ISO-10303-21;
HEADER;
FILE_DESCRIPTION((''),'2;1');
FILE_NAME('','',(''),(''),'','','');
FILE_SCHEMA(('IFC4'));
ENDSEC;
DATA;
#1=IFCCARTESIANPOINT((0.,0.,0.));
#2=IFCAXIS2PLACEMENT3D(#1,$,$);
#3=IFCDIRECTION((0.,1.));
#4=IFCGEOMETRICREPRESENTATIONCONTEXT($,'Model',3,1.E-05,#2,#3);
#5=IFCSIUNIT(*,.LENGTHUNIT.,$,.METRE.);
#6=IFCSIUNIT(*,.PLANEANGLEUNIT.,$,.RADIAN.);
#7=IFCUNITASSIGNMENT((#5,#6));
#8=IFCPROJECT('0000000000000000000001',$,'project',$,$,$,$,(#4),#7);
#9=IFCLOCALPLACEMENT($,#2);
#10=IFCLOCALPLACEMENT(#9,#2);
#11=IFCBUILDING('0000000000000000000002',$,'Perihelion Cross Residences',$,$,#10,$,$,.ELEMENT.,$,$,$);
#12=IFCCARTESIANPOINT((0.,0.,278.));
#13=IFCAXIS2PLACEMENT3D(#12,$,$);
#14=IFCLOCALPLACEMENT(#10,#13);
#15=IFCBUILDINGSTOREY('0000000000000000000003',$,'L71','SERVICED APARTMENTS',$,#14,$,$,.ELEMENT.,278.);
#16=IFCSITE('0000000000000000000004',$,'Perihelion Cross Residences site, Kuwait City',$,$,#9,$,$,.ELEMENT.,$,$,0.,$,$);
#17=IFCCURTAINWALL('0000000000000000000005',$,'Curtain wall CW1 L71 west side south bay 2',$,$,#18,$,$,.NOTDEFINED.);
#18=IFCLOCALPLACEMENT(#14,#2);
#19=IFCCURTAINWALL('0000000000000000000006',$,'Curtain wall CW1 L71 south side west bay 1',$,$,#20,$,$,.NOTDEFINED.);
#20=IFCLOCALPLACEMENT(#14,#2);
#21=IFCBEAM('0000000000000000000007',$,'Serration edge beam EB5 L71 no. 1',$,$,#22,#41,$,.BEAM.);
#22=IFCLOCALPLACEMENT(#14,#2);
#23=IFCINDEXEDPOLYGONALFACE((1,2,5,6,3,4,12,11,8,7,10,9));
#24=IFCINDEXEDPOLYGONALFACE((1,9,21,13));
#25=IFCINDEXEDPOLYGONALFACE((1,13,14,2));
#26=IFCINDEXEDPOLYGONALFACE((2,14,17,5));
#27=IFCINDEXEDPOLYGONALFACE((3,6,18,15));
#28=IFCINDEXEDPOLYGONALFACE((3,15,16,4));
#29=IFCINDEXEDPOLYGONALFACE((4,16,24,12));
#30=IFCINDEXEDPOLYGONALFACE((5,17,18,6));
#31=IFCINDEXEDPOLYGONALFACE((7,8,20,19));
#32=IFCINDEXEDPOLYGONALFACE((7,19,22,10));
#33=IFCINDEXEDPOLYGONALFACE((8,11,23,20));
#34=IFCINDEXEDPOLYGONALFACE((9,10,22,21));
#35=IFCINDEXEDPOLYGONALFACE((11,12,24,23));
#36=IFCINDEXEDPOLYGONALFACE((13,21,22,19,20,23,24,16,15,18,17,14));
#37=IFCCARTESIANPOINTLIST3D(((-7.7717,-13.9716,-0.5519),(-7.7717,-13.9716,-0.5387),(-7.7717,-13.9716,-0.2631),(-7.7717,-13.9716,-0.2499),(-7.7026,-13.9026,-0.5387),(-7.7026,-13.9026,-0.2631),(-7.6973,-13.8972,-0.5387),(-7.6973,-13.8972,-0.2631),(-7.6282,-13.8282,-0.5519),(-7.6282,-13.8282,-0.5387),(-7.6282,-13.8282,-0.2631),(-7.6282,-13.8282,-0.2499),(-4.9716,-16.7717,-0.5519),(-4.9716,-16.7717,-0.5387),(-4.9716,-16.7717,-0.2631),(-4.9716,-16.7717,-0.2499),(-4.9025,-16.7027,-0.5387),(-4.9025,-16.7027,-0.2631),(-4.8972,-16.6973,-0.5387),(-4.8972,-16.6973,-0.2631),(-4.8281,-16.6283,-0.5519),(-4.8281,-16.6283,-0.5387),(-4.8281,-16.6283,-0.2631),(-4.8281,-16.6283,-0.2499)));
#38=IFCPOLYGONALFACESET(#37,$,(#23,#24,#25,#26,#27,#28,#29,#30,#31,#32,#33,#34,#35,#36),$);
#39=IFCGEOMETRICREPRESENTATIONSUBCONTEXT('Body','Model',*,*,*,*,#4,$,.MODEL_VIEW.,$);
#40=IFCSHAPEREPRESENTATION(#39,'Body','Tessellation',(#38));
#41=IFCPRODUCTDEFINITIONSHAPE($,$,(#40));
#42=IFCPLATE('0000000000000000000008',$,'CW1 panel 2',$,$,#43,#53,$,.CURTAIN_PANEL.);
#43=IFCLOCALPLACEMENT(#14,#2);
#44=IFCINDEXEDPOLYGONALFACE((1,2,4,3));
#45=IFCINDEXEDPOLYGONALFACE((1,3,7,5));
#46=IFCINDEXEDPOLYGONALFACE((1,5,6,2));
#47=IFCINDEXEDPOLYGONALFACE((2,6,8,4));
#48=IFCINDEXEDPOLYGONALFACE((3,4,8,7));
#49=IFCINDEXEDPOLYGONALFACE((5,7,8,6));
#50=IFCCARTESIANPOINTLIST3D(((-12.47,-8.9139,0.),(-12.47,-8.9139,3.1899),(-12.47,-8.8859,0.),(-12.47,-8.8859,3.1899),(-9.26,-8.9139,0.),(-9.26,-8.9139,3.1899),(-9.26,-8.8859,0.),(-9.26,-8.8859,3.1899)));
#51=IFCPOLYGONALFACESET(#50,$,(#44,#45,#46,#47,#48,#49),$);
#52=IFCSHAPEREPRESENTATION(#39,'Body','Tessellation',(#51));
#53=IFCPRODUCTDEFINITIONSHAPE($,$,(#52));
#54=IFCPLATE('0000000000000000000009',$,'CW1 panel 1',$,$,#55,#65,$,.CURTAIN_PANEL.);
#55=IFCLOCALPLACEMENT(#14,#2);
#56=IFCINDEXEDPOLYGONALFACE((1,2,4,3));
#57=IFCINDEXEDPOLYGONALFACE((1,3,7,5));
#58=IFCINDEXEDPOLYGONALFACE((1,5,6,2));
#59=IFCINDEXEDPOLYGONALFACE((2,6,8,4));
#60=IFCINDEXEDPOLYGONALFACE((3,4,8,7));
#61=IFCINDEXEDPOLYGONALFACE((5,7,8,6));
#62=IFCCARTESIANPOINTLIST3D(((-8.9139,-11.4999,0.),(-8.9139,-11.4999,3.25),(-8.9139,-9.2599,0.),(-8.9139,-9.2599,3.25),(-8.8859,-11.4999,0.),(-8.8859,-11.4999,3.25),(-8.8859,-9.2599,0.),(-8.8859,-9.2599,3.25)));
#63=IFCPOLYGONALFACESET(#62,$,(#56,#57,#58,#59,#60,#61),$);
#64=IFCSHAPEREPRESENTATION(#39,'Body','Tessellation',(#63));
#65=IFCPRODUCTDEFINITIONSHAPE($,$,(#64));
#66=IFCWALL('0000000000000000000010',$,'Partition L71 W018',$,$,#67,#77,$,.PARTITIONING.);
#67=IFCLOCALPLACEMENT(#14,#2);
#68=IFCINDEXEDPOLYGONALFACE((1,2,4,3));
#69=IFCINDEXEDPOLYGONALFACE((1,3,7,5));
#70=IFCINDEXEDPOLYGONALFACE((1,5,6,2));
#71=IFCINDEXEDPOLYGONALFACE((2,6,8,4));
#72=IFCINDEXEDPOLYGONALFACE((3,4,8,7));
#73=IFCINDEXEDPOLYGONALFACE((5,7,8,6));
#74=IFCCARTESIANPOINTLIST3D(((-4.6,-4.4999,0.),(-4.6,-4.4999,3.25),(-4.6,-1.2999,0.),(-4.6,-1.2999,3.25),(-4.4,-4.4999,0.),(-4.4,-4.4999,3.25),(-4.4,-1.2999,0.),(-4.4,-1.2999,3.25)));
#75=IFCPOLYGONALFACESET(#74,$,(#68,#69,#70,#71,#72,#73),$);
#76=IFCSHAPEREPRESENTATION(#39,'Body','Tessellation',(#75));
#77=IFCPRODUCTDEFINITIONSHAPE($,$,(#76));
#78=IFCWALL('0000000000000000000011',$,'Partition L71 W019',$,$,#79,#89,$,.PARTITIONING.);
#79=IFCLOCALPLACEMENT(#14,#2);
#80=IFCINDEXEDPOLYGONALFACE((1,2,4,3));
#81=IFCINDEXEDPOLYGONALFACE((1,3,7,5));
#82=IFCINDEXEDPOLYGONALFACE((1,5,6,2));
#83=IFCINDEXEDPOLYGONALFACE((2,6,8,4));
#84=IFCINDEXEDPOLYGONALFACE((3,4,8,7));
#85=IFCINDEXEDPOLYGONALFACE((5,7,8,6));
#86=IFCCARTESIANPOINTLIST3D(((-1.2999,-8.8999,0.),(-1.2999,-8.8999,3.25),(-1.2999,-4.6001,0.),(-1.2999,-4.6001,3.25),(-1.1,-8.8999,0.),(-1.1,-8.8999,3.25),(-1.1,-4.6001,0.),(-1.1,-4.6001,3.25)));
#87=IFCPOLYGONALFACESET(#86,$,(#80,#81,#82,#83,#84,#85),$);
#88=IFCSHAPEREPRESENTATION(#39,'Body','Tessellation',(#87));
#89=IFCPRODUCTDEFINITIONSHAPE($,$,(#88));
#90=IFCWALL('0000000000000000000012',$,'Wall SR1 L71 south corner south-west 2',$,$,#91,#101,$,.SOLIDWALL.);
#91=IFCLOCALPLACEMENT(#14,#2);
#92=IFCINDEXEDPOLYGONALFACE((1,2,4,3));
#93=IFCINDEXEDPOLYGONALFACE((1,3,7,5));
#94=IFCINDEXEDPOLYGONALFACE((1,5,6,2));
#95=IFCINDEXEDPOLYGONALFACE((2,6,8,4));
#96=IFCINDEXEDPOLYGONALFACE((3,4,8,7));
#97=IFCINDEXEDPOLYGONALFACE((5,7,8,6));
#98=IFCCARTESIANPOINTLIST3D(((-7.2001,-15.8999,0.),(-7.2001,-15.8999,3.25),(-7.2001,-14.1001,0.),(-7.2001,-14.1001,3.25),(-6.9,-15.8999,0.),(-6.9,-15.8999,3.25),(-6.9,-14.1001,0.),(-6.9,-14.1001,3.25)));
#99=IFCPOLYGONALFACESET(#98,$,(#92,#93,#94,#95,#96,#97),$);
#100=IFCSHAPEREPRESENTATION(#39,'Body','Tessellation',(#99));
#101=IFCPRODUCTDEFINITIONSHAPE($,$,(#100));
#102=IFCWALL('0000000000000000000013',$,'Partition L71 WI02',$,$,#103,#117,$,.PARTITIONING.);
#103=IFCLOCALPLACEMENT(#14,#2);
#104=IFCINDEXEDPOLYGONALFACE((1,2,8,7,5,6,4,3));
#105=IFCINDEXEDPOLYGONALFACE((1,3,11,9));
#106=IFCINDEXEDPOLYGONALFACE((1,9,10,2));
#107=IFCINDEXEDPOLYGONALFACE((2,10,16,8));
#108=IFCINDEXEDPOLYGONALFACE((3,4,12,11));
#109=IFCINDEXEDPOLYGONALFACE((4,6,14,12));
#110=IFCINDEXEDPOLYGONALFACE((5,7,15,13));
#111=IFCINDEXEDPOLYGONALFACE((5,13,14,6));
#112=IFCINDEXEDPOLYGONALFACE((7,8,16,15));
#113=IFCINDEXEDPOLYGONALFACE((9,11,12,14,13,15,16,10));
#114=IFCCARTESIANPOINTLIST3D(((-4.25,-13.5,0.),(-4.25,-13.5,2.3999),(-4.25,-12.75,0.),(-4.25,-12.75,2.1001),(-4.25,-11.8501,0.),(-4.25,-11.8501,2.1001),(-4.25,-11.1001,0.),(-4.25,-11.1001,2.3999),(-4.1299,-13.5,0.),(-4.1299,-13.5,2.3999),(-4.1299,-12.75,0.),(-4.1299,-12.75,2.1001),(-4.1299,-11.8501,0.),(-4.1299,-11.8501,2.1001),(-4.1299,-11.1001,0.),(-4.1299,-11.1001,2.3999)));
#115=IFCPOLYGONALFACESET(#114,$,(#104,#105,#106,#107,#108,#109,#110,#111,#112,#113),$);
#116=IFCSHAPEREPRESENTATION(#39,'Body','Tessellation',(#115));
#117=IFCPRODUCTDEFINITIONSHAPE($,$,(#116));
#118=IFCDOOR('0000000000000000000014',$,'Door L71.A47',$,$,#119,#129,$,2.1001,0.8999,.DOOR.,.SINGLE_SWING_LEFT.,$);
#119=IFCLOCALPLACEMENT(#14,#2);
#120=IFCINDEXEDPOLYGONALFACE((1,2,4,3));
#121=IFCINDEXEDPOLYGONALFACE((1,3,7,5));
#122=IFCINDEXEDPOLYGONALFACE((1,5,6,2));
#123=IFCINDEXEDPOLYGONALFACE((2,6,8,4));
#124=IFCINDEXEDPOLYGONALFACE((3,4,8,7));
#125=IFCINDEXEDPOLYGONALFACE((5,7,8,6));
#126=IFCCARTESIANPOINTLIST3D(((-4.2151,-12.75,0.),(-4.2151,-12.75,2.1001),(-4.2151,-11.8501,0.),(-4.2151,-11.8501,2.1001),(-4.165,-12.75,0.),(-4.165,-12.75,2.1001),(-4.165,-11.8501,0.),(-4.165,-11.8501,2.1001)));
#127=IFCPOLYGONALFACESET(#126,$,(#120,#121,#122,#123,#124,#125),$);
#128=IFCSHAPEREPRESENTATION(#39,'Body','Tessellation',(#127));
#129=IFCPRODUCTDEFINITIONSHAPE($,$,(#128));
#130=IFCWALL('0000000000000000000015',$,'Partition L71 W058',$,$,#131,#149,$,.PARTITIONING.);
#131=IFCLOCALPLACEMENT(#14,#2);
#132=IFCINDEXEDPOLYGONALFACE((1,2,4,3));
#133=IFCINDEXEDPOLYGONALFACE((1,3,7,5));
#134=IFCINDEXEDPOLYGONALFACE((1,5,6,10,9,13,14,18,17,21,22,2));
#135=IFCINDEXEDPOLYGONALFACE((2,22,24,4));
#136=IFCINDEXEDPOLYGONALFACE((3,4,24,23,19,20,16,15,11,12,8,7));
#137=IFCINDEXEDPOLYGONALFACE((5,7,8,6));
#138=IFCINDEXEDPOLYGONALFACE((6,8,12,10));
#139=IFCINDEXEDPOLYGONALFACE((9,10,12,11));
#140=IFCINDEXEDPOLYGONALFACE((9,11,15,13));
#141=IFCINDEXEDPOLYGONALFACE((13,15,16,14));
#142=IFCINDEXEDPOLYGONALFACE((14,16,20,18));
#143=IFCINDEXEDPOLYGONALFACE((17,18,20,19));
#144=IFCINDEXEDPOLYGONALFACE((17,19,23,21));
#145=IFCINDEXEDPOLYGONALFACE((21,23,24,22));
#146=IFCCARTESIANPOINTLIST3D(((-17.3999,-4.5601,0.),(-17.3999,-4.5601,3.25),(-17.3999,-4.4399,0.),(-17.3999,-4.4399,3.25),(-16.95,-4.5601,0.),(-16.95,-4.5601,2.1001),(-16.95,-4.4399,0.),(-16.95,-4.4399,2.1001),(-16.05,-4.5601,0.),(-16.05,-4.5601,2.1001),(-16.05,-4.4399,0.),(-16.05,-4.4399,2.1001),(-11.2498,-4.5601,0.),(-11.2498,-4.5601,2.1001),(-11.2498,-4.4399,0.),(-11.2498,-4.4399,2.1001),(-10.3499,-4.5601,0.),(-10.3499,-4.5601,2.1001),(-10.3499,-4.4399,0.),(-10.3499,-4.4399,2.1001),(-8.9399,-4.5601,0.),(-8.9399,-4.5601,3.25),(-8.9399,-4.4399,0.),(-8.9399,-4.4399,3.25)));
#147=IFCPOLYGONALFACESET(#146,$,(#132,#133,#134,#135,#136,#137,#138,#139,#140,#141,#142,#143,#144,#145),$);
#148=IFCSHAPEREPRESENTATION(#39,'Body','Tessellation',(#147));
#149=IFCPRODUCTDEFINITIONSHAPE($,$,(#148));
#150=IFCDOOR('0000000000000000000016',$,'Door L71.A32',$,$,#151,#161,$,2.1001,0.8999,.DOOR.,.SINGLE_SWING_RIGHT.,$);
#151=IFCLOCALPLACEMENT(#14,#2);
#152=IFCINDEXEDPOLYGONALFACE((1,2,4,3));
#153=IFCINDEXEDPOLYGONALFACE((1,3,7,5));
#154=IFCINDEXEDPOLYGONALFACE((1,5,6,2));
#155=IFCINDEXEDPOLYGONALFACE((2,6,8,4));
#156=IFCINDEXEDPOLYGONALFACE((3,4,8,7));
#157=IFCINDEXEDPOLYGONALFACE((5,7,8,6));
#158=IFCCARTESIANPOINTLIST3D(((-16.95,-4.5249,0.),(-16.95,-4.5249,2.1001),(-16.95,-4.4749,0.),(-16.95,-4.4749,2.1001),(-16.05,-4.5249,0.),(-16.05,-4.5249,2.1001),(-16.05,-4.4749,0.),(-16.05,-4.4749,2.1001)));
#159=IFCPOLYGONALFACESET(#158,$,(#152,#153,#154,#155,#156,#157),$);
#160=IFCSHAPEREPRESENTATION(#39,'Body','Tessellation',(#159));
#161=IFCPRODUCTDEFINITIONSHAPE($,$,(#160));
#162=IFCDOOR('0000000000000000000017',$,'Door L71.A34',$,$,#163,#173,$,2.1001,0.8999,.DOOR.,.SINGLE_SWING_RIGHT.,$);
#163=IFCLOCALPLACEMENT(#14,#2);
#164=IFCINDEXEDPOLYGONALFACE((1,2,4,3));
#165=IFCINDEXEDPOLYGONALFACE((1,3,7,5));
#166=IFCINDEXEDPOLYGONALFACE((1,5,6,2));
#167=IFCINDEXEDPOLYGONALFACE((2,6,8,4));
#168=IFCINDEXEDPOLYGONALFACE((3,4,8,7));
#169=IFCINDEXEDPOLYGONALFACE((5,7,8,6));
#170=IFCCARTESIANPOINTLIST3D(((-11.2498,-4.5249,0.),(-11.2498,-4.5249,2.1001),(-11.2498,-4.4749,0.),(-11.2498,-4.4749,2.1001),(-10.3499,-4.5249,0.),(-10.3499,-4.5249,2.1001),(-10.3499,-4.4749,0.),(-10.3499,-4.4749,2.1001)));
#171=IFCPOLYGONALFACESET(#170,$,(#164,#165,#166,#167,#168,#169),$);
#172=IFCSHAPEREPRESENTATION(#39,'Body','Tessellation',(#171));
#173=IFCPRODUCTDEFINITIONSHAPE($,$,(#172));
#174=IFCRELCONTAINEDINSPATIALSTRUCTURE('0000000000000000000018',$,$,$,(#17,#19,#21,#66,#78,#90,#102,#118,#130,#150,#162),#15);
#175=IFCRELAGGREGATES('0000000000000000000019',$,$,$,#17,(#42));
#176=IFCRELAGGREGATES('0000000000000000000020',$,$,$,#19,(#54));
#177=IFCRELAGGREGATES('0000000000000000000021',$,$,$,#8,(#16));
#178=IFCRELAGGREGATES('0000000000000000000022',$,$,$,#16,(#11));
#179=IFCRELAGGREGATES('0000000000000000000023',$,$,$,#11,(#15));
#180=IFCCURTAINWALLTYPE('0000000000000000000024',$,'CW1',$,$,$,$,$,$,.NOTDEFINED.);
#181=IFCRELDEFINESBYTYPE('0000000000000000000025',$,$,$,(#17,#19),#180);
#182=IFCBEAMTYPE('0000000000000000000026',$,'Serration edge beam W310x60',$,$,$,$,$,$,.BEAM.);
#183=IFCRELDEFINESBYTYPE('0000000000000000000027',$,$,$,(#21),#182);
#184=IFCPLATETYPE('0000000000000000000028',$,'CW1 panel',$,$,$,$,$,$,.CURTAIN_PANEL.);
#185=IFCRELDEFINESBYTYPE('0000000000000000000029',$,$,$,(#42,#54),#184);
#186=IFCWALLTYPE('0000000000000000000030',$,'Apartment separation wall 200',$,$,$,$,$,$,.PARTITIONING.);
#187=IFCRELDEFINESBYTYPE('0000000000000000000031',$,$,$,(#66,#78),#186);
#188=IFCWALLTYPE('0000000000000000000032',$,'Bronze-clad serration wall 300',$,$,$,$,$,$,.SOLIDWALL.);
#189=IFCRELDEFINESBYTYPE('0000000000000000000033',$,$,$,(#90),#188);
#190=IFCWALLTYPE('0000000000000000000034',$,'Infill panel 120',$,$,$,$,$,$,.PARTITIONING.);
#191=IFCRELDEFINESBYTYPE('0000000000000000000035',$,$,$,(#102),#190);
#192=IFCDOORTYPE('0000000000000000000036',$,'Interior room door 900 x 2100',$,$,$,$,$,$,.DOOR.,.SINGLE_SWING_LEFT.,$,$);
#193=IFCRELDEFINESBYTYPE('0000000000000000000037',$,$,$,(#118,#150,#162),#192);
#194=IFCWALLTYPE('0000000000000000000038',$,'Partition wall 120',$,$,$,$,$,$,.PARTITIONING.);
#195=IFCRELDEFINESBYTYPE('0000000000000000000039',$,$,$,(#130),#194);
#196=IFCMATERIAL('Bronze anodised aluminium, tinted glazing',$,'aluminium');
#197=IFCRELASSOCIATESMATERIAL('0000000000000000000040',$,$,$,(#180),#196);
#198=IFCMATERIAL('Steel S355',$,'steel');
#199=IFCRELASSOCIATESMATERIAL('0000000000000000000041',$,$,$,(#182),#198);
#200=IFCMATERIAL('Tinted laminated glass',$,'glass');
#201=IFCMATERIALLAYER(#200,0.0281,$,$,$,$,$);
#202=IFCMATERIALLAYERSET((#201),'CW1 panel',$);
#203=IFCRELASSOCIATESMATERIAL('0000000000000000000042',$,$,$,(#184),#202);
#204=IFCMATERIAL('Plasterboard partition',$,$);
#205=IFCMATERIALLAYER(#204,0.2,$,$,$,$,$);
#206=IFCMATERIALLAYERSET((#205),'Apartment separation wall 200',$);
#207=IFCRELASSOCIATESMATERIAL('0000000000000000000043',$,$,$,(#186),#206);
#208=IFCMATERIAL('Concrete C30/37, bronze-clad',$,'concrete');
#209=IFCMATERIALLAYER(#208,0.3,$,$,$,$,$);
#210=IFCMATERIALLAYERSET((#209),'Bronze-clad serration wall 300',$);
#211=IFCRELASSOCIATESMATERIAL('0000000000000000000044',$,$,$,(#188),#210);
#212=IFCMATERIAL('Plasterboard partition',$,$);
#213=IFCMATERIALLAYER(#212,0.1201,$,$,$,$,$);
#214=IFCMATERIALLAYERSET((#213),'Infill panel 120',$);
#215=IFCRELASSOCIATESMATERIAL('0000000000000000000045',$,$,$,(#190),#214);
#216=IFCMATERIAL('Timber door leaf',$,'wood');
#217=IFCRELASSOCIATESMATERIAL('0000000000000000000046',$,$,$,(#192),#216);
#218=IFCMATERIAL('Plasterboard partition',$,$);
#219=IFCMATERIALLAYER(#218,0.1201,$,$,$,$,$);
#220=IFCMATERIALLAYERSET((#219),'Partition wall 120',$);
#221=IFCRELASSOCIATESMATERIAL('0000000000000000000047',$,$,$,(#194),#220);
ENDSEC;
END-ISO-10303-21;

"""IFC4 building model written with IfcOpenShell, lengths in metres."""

from ifc_helpers import new_model, si_unit, direction, frame, frame_2d, origin, origin_2d, place, context, subcontext, project, spatial, rectangle, i_section, extrude, material, layer, layer_set, material_profile, profile_set, type_object, element, fill, aggregate, save


model = new_model("IFC4")

# Units and contexts
model_context = context("Model", 3, precision=1e-05, world=origin(), true_north=direction((0.0, 1.0)))
body_context = subcontext(model_context, "Body", "Model", "MODEL_VIEW")
ifc_project = project(units=[si_unit("LENGTHUNIT", "METRE"), si_unit("PLANEANGLEUNIT", "RADIAN")], contexts=[model_context])

# Site, building, storey
site_placement = place(None, origin())
site = spatial("IfcSite", under=ifc_project, at=site_placement, Name="Perihelion Cross Residences site, Kuwait City", CompositionType="ELEMENT", RefElevation=0.0)
building_placement = place(site_placement, origin())
building = spatial("IfcBuilding", under=site, at=building_placement, Name="Perihelion Cross Residences", CompositionType="ELEMENT")
storey_placement = place(building_placement, frame((0.0, 0.0, 278.0)))
storey = spatial("IfcBuildingStorey", under=building, at=storey_placement, Name="L71", Description="SERVICED APARTMENTS", CompositionType="ELEMENT", Elevation=278.0)

# Curtain walls
ifc_material_1 = material(Name="Bronze anodised aluminium, tinted glazing", Category="aluminium")
curtain_wall_type = type_object("IfcCurtainWallType", Name="CW1", PredefinedType="NOTDEFINED", material=ifc_material_1)
curtain_wall_1_placement = place(storey_placement, origin())
curtain_wall_1 = element("IfcCurtainWall", 1, at=curtain_wall_1_placement, inside=storey, type_object=curtain_wall_type, Name="Curtain wall CW1 L71 west side south bay 2", PredefinedType="NOTDEFINED")
curtain_wall_2_placement = place(storey_placement, origin())
curtain_wall_2 = element("IfcCurtainWall", 2, at=curtain_wall_2_placement, inside=storey, type_object=curtain_wall_type, Name="Curtain wall CW1 L71 south side west bay 1", PredefinedType="NOTDEFINED")

# Beam
ifc_material_2 = material(Name="Steel S355", Category="steel")
ifc_material_profile_1 = material_profile(ifc_material_2, i_section(OverallWidth=0.2029, OverallDepth=0.302, WebThickness=0.0076, FlangeThickness=0.0132, at=origin_2d()), Name="W310x60")
ifc_profile_set_1 = profile_set([ifc_material_profile_1], Name="Steel S355")
beam_type_1 = type_object("IfcBeamType", Name="Serration edge beam W310x60", PredefinedType="BEAM", material=ifc_profile_set_1)
beam_1_placement = place(storey_placement, frame((-7.7, -13.8999, -0.4009), z_axis=(0.707107, -0.707107, 0.0), x_axis=(0.707107, 0.707107, 0.0)))
element("IfcBeam", 3, at=beam_1_placement, inside=storey, type_object=beam_type_1, Name="Serration edge beam EB5 L71 no. 1", PredefinedType="BEAM", context=body_context, shape_type="SweptSolid", body=[
    extrude(i_section(OverallWidth=0.2029, OverallDepth=0.302, WebThickness=0.0076, FlangeThickness=0.0132, at=origin_2d()), origin(), (0.0, 0.0, 1.0), 3.96),
])

# Plates
ifc_material_3 = material(Name="Tinted laminated glass", Category="glass")
ifc_layer_1 = layer(ifc_material_3, 0.0281)
ifc_layer_set_1 = layer_set([ifc_layer_1], Name="CW1 panel")
plate_type = type_object("IfcPlateType", Name="CW1 panel", PredefinedType="CURTAIN_PANEL", material=ifc_layer_set_1)
plate_1_placement = place(storey_placement, frame((-10.865, -8.8999, 0.0), z_axis=(0.0, 0.0, 1.0), x_axis=(1.0, 0.0, 0.0)))
plate_1 = element("IfcPlate", 4, at=plate_1_placement, type_object=plate_type, Name="CW1 panel 2", PredefinedType="CURTAIN_PANEL", context=body_context, shape_type="SweptSolid", body=[
    extrude(rectangle(XDim=3.21, YDim=0.0281, at=origin_2d()), origin(), (0.0, 0.0, 1.0), 3.1899),
])
aggregate(curtain_wall_1, [plate_1])
plate_2_placement = place(storey_placement, frame((-8.8999, -10.3799, 0.0), z_axis=(0.0, 0.0, 1.0), x_axis=(0.0, -1.0, 0.0)))
plate_2 = element("IfcPlate", 5, at=plate_2_placement, type_object=plate_type, Name="CW1 panel 1", PredefinedType="CURTAIN_PANEL", context=body_context, shape_type="SweptSolid", body=[
    extrude(rectangle(XDim=2.24, YDim=0.0281, at=origin_2d()), origin(), (0.0, 0.0, 1.0), 3.25),
])
aggregate(curtain_wall_2, [plate_2])

# Walls
ifc_material_4 = material(Name="Plasterboard partition")
ifc_layer_2 = layer(ifc_material_4, 0.2)
ifc_layer_set_2 = layer_set([ifc_layer_2], Name="Apartment separation wall 200")
wall_type_1 = type_object("IfcWallType", Name="Apartment separation wall 200", PredefinedType="PARTITIONING", material=ifc_layer_set_2)
wall_1_placement = place(storey_placement, frame((-4.5, -4.5, 0.0), z_axis=(0.0, 0.0, 1.0), x_axis=(0.0, 1.0, 0.0)))
element("IfcWall", 6, at=wall_1_placement, inside=storey, type_object=wall_type_1, Name="Partition L71 W018", PredefinedType="PARTITIONING", context=body_context, shape_type="SweptSolid", body=[
    extrude(rectangle(XDim=3.2, YDim=0.2, at=frame_2d((1.6001, 0.0))), origin(), (0.0, 0.0, 1.0), 3.25),
])
wall_2_placement = place(storey_placement, frame((-1.2, -8.8999, 0.0), z_axis=(0.0, 0.0, 1.0), x_axis=(0.0, 1.0, 0.0)))
element("IfcWall", 7, at=wall_2_placement, inside=storey, type_object=wall_type_1, Name="Partition L71 W019", PredefinedType="PARTITIONING", context=body_context, shape_type="SweptSolid", body=[
    extrude(rectangle(XDim=4.2998, YDim=0.2, at=frame_2d((2.1499, 0.0))), origin(), (0.0, 0.0, 1.0), 3.25),
])

# Wall
ifc_material_5 = material(Name="Concrete C30/37, bronze-clad", Category="concrete")
ifc_layer_3 = layer(ifc_material_5, 0.3)
ifc_layer_set_3 = layer_set([ifc_layer_3], Name="Bronze-clad serration wall 300")
wall_type_2 = type_object("IfcWallType", Name="Bronze-clad serration wall 300", PredefinedType="SOLIDWALL", material=ifc_layer_set_3)
wall_3_placement = place(storey_placement, frame((-7.05, -14.1001, 0.0), z_axis=(0.0, 0.0, 1.0), x_axis=(0.0, -1.0, 0.0)))
element("IfcWall", 8, at=wall_3_placement, inside=storey, type_object=wall_type_2, Name="Wall SR1 L71 south corner south-west 2", PredefinedType="SOLIDWALL", context=body_context, shape_type="SweptSolid", body=[
    extrude(rectangle(XDim=1.7998, YDim=0.3, at=frame_2d((0.8999, 0.0))), origin(), (0.0, 0.0, 1.0), 3.25),
])

# Wall, opening, door
ifc_material_6 = material(Name="Plasterboard partition")
ifc_layer_4 = layer(ifc_material_6, 0.1201)
ifc_layer_set_4 = layer_set([ifc_layer_4], Name="Infill panel 120")
wall_type_3 = type_object("IfcWallType", Name="Infill panel 120", PredefinedType="PARTITIONING", material=ifc_layer_set_4)
wall_4_placement = place(storey_placement, frame((-4.1899, -11.1001, 0.0), z_axis=(0.0, 0.0, 1.0), x_axis=(0.0, -1.0, 0.0)))
wall_4 = element("IfcWall", 9, at=wall_4_placement, inside=storey, type_object=wall_type_3, Name="Partition L71 WI02", PredefinedType="PARTITIONING", context=body_context, shape_type="SweptSolid", body=[
    extrude(rectangle(XDim=2.3999, YDim=0.1201, at=frame_2d((1.2, 0.0))), origin(), (0.0, 0.0, 1.0), 2.3999),
])
opening_1_placement = place(wall_4_placement, frame((0.75, 0.0, 0.0)))
opening_1 = element("IfcOpeningElement", 10, at=opening_1_placement, cuts=wall_4, PredefinedType="OPENING", context=body_context, shape_type="SweptSolid", body=[
    extrude(rectangle(XDim=0.8999, YDim=2.1001, at=frame_2d((0.45, 1.05))), frame((0.0, 0.0701, 0.0), z_axis=(0.0, -1.0, 0.0), x_axis=(1.0, 0.0, 0.0)), (0.0, 0.0, 1.0), 0.1401),
])
ifc_material_7 = material(Name="Timber door leaf", Category="wood")
door_type_1 = type_object("IfcDoorType", Name="Interior room door 900 x 2100", OperationType="SINGLE_SWING_LEFT", PredefinedType="DOOR", material=ifc_material_7)
door_1_placement = place(opening_1_placement, origin())
door_1 = element("IfcDoor", 11, at=door_1_placement, inside=storey, type_object=door_type_1, Name="Door L71.A47", OperationType="SINGLE_SWING_LEFT", OverallHeight=2.1001, OverallWidth=0.8999, PredefinedType="DOOR", context=body_context, shape_type="SweptSolid", body=[
    extrude(rectangle(XDim=0.8999, YDim=2.1001, at=frame_2d((0.45, 1.05))), frame((0.0, 0.0249, 0.0), z_axis=(0.0, -1.0, 0.0), x_axis=(1.0, 0.0, 0.0)), (0.0, 0.0, 1.0), 0.05),
])
fill(opening_1, door_1)

# Wall, openings, doors
ifc_material_8 = material(Name="Plasterboard partition")
ifc_layer_5 = layer(ifc_material_8, 0.1201)
ifc_layer_set_5 = layer_set([ifc_layer_5], Name="Partition wall 120")
wall_type_4 = type_object("IfcWallType", Name="Partition wall 120", PredefinedType="PARTITIONING", material=ifc_layer_set_5)
wall_5_placement = place(storey_placement, frame((-8.9399, -4.5, 0.0), z_axis=(0.0, 0.0, 1.0), x_axis=(-1.0, 0.0, 0.0)))
wall_5 = element("IfcWall", 12, at=wall_5_placement, inside=storey, type_object=wall_type_4, Name="Partition L71 W058", PredefinedType="PARTITIONING", context=body_context, shape_type="SweptSolid", body=[
    extrude(rectangle(XDim=8.46, YDim=0.1201, at=frame_2d((4.23, 0.0))), origin(), (0.0, 0.0, 1.0), 3.25),
])
opening_2_placement = place(wall_5_placement, frame((7.1101, 0.0, 0.0)))
opening_2 = element("IfcOpeningElement", 13, at=opening_2_placement, cuts=wall_5, PredefinedType="OPENING", context=body_context, shape_type="SweptSolid", body=[
    extrude(rectangle(XDim=0.8999, YDim=2.1001, at=frame_2d((0.45, 1.05))), frame((0.0, 0.0701, 0.0), z_axis=(0.0, -1.0, 0.0), x_axis=(1.0, 0.0, 0.0)), (0.0, 0.0, 1.0), 0.1401),
])
opening_3_placement = place(wall_5_placement, frame((1.4099, 0.0, 0.0)))
opening_3 = element("IfcOpeningElement", 14, at=opening_3_placement, cuts=wall_5, PredefinedType="OPENING", context=body_context, shape_type="SweptSolid", body=[
    extrude(rectangle(XDim=0.8999, YDim=2.1001, at=frame_2d((0.45, 1.05))), frame((0.0, 0.0701, 0.0), z_axis=(0.0, -1.0, 0.0), x_axis=(1.0, 0.0, 0.0)), (0.0, 0.0, 1.0), 0.1401),
])
door_2_placement = place(opening_2_placement, origin())
door_2 = element("IfcDoor", 15, at=door_2_placement, inside=storey, type_object=door_type_1, Name="Door L71.A32", OperationType="SINGLE_SWING_RIGHT", OverallHeight=2.1001, OverallWidth=0.8999, PredefinedType="DOOR", context=body_context, shape_type="SweptSolid", body=[
    extrude(rectangle(XDim=0.8999, YDim=2.1001, at=frame_2d((0.45, 1.05))), frame((0.0, 0.0249, 0.0), z_axis=(0.0, -1.0, 0.0), x_axis=(1.0, 0.0, 0.0)), (0.0, 0.0, 1.0), 0.05),
])
fill(opening_2, door_2)
door_3_placement = place(opening_3_placement, origin())
door_3 = element("IfcDoor", 16, at=door_3_placement, inside=storey, type_object=door_type_1, Name="Door L71.A34", OperationType="SINGLE_SWING_RIGHT", OverallHeight=2.1001, OverallWidth=0.8999, PredefinedType="DOOR", context=body_context, shape_type="SweptSolid", body=[
    extrude(rectangle(XDim=0.8999, YDim=2.1001, at=frame_2d((0.45, 1.05))), frame((0.0, 0.0249, 0.0), z_axis=(0.0, -1.0, 0.0), x_axis=(1.0, 0.0, 0.0)), (0.0, 0.0, 1.0), 0.05),
])
fill(opening_3, door_3)

save(model, "model.ifc")
